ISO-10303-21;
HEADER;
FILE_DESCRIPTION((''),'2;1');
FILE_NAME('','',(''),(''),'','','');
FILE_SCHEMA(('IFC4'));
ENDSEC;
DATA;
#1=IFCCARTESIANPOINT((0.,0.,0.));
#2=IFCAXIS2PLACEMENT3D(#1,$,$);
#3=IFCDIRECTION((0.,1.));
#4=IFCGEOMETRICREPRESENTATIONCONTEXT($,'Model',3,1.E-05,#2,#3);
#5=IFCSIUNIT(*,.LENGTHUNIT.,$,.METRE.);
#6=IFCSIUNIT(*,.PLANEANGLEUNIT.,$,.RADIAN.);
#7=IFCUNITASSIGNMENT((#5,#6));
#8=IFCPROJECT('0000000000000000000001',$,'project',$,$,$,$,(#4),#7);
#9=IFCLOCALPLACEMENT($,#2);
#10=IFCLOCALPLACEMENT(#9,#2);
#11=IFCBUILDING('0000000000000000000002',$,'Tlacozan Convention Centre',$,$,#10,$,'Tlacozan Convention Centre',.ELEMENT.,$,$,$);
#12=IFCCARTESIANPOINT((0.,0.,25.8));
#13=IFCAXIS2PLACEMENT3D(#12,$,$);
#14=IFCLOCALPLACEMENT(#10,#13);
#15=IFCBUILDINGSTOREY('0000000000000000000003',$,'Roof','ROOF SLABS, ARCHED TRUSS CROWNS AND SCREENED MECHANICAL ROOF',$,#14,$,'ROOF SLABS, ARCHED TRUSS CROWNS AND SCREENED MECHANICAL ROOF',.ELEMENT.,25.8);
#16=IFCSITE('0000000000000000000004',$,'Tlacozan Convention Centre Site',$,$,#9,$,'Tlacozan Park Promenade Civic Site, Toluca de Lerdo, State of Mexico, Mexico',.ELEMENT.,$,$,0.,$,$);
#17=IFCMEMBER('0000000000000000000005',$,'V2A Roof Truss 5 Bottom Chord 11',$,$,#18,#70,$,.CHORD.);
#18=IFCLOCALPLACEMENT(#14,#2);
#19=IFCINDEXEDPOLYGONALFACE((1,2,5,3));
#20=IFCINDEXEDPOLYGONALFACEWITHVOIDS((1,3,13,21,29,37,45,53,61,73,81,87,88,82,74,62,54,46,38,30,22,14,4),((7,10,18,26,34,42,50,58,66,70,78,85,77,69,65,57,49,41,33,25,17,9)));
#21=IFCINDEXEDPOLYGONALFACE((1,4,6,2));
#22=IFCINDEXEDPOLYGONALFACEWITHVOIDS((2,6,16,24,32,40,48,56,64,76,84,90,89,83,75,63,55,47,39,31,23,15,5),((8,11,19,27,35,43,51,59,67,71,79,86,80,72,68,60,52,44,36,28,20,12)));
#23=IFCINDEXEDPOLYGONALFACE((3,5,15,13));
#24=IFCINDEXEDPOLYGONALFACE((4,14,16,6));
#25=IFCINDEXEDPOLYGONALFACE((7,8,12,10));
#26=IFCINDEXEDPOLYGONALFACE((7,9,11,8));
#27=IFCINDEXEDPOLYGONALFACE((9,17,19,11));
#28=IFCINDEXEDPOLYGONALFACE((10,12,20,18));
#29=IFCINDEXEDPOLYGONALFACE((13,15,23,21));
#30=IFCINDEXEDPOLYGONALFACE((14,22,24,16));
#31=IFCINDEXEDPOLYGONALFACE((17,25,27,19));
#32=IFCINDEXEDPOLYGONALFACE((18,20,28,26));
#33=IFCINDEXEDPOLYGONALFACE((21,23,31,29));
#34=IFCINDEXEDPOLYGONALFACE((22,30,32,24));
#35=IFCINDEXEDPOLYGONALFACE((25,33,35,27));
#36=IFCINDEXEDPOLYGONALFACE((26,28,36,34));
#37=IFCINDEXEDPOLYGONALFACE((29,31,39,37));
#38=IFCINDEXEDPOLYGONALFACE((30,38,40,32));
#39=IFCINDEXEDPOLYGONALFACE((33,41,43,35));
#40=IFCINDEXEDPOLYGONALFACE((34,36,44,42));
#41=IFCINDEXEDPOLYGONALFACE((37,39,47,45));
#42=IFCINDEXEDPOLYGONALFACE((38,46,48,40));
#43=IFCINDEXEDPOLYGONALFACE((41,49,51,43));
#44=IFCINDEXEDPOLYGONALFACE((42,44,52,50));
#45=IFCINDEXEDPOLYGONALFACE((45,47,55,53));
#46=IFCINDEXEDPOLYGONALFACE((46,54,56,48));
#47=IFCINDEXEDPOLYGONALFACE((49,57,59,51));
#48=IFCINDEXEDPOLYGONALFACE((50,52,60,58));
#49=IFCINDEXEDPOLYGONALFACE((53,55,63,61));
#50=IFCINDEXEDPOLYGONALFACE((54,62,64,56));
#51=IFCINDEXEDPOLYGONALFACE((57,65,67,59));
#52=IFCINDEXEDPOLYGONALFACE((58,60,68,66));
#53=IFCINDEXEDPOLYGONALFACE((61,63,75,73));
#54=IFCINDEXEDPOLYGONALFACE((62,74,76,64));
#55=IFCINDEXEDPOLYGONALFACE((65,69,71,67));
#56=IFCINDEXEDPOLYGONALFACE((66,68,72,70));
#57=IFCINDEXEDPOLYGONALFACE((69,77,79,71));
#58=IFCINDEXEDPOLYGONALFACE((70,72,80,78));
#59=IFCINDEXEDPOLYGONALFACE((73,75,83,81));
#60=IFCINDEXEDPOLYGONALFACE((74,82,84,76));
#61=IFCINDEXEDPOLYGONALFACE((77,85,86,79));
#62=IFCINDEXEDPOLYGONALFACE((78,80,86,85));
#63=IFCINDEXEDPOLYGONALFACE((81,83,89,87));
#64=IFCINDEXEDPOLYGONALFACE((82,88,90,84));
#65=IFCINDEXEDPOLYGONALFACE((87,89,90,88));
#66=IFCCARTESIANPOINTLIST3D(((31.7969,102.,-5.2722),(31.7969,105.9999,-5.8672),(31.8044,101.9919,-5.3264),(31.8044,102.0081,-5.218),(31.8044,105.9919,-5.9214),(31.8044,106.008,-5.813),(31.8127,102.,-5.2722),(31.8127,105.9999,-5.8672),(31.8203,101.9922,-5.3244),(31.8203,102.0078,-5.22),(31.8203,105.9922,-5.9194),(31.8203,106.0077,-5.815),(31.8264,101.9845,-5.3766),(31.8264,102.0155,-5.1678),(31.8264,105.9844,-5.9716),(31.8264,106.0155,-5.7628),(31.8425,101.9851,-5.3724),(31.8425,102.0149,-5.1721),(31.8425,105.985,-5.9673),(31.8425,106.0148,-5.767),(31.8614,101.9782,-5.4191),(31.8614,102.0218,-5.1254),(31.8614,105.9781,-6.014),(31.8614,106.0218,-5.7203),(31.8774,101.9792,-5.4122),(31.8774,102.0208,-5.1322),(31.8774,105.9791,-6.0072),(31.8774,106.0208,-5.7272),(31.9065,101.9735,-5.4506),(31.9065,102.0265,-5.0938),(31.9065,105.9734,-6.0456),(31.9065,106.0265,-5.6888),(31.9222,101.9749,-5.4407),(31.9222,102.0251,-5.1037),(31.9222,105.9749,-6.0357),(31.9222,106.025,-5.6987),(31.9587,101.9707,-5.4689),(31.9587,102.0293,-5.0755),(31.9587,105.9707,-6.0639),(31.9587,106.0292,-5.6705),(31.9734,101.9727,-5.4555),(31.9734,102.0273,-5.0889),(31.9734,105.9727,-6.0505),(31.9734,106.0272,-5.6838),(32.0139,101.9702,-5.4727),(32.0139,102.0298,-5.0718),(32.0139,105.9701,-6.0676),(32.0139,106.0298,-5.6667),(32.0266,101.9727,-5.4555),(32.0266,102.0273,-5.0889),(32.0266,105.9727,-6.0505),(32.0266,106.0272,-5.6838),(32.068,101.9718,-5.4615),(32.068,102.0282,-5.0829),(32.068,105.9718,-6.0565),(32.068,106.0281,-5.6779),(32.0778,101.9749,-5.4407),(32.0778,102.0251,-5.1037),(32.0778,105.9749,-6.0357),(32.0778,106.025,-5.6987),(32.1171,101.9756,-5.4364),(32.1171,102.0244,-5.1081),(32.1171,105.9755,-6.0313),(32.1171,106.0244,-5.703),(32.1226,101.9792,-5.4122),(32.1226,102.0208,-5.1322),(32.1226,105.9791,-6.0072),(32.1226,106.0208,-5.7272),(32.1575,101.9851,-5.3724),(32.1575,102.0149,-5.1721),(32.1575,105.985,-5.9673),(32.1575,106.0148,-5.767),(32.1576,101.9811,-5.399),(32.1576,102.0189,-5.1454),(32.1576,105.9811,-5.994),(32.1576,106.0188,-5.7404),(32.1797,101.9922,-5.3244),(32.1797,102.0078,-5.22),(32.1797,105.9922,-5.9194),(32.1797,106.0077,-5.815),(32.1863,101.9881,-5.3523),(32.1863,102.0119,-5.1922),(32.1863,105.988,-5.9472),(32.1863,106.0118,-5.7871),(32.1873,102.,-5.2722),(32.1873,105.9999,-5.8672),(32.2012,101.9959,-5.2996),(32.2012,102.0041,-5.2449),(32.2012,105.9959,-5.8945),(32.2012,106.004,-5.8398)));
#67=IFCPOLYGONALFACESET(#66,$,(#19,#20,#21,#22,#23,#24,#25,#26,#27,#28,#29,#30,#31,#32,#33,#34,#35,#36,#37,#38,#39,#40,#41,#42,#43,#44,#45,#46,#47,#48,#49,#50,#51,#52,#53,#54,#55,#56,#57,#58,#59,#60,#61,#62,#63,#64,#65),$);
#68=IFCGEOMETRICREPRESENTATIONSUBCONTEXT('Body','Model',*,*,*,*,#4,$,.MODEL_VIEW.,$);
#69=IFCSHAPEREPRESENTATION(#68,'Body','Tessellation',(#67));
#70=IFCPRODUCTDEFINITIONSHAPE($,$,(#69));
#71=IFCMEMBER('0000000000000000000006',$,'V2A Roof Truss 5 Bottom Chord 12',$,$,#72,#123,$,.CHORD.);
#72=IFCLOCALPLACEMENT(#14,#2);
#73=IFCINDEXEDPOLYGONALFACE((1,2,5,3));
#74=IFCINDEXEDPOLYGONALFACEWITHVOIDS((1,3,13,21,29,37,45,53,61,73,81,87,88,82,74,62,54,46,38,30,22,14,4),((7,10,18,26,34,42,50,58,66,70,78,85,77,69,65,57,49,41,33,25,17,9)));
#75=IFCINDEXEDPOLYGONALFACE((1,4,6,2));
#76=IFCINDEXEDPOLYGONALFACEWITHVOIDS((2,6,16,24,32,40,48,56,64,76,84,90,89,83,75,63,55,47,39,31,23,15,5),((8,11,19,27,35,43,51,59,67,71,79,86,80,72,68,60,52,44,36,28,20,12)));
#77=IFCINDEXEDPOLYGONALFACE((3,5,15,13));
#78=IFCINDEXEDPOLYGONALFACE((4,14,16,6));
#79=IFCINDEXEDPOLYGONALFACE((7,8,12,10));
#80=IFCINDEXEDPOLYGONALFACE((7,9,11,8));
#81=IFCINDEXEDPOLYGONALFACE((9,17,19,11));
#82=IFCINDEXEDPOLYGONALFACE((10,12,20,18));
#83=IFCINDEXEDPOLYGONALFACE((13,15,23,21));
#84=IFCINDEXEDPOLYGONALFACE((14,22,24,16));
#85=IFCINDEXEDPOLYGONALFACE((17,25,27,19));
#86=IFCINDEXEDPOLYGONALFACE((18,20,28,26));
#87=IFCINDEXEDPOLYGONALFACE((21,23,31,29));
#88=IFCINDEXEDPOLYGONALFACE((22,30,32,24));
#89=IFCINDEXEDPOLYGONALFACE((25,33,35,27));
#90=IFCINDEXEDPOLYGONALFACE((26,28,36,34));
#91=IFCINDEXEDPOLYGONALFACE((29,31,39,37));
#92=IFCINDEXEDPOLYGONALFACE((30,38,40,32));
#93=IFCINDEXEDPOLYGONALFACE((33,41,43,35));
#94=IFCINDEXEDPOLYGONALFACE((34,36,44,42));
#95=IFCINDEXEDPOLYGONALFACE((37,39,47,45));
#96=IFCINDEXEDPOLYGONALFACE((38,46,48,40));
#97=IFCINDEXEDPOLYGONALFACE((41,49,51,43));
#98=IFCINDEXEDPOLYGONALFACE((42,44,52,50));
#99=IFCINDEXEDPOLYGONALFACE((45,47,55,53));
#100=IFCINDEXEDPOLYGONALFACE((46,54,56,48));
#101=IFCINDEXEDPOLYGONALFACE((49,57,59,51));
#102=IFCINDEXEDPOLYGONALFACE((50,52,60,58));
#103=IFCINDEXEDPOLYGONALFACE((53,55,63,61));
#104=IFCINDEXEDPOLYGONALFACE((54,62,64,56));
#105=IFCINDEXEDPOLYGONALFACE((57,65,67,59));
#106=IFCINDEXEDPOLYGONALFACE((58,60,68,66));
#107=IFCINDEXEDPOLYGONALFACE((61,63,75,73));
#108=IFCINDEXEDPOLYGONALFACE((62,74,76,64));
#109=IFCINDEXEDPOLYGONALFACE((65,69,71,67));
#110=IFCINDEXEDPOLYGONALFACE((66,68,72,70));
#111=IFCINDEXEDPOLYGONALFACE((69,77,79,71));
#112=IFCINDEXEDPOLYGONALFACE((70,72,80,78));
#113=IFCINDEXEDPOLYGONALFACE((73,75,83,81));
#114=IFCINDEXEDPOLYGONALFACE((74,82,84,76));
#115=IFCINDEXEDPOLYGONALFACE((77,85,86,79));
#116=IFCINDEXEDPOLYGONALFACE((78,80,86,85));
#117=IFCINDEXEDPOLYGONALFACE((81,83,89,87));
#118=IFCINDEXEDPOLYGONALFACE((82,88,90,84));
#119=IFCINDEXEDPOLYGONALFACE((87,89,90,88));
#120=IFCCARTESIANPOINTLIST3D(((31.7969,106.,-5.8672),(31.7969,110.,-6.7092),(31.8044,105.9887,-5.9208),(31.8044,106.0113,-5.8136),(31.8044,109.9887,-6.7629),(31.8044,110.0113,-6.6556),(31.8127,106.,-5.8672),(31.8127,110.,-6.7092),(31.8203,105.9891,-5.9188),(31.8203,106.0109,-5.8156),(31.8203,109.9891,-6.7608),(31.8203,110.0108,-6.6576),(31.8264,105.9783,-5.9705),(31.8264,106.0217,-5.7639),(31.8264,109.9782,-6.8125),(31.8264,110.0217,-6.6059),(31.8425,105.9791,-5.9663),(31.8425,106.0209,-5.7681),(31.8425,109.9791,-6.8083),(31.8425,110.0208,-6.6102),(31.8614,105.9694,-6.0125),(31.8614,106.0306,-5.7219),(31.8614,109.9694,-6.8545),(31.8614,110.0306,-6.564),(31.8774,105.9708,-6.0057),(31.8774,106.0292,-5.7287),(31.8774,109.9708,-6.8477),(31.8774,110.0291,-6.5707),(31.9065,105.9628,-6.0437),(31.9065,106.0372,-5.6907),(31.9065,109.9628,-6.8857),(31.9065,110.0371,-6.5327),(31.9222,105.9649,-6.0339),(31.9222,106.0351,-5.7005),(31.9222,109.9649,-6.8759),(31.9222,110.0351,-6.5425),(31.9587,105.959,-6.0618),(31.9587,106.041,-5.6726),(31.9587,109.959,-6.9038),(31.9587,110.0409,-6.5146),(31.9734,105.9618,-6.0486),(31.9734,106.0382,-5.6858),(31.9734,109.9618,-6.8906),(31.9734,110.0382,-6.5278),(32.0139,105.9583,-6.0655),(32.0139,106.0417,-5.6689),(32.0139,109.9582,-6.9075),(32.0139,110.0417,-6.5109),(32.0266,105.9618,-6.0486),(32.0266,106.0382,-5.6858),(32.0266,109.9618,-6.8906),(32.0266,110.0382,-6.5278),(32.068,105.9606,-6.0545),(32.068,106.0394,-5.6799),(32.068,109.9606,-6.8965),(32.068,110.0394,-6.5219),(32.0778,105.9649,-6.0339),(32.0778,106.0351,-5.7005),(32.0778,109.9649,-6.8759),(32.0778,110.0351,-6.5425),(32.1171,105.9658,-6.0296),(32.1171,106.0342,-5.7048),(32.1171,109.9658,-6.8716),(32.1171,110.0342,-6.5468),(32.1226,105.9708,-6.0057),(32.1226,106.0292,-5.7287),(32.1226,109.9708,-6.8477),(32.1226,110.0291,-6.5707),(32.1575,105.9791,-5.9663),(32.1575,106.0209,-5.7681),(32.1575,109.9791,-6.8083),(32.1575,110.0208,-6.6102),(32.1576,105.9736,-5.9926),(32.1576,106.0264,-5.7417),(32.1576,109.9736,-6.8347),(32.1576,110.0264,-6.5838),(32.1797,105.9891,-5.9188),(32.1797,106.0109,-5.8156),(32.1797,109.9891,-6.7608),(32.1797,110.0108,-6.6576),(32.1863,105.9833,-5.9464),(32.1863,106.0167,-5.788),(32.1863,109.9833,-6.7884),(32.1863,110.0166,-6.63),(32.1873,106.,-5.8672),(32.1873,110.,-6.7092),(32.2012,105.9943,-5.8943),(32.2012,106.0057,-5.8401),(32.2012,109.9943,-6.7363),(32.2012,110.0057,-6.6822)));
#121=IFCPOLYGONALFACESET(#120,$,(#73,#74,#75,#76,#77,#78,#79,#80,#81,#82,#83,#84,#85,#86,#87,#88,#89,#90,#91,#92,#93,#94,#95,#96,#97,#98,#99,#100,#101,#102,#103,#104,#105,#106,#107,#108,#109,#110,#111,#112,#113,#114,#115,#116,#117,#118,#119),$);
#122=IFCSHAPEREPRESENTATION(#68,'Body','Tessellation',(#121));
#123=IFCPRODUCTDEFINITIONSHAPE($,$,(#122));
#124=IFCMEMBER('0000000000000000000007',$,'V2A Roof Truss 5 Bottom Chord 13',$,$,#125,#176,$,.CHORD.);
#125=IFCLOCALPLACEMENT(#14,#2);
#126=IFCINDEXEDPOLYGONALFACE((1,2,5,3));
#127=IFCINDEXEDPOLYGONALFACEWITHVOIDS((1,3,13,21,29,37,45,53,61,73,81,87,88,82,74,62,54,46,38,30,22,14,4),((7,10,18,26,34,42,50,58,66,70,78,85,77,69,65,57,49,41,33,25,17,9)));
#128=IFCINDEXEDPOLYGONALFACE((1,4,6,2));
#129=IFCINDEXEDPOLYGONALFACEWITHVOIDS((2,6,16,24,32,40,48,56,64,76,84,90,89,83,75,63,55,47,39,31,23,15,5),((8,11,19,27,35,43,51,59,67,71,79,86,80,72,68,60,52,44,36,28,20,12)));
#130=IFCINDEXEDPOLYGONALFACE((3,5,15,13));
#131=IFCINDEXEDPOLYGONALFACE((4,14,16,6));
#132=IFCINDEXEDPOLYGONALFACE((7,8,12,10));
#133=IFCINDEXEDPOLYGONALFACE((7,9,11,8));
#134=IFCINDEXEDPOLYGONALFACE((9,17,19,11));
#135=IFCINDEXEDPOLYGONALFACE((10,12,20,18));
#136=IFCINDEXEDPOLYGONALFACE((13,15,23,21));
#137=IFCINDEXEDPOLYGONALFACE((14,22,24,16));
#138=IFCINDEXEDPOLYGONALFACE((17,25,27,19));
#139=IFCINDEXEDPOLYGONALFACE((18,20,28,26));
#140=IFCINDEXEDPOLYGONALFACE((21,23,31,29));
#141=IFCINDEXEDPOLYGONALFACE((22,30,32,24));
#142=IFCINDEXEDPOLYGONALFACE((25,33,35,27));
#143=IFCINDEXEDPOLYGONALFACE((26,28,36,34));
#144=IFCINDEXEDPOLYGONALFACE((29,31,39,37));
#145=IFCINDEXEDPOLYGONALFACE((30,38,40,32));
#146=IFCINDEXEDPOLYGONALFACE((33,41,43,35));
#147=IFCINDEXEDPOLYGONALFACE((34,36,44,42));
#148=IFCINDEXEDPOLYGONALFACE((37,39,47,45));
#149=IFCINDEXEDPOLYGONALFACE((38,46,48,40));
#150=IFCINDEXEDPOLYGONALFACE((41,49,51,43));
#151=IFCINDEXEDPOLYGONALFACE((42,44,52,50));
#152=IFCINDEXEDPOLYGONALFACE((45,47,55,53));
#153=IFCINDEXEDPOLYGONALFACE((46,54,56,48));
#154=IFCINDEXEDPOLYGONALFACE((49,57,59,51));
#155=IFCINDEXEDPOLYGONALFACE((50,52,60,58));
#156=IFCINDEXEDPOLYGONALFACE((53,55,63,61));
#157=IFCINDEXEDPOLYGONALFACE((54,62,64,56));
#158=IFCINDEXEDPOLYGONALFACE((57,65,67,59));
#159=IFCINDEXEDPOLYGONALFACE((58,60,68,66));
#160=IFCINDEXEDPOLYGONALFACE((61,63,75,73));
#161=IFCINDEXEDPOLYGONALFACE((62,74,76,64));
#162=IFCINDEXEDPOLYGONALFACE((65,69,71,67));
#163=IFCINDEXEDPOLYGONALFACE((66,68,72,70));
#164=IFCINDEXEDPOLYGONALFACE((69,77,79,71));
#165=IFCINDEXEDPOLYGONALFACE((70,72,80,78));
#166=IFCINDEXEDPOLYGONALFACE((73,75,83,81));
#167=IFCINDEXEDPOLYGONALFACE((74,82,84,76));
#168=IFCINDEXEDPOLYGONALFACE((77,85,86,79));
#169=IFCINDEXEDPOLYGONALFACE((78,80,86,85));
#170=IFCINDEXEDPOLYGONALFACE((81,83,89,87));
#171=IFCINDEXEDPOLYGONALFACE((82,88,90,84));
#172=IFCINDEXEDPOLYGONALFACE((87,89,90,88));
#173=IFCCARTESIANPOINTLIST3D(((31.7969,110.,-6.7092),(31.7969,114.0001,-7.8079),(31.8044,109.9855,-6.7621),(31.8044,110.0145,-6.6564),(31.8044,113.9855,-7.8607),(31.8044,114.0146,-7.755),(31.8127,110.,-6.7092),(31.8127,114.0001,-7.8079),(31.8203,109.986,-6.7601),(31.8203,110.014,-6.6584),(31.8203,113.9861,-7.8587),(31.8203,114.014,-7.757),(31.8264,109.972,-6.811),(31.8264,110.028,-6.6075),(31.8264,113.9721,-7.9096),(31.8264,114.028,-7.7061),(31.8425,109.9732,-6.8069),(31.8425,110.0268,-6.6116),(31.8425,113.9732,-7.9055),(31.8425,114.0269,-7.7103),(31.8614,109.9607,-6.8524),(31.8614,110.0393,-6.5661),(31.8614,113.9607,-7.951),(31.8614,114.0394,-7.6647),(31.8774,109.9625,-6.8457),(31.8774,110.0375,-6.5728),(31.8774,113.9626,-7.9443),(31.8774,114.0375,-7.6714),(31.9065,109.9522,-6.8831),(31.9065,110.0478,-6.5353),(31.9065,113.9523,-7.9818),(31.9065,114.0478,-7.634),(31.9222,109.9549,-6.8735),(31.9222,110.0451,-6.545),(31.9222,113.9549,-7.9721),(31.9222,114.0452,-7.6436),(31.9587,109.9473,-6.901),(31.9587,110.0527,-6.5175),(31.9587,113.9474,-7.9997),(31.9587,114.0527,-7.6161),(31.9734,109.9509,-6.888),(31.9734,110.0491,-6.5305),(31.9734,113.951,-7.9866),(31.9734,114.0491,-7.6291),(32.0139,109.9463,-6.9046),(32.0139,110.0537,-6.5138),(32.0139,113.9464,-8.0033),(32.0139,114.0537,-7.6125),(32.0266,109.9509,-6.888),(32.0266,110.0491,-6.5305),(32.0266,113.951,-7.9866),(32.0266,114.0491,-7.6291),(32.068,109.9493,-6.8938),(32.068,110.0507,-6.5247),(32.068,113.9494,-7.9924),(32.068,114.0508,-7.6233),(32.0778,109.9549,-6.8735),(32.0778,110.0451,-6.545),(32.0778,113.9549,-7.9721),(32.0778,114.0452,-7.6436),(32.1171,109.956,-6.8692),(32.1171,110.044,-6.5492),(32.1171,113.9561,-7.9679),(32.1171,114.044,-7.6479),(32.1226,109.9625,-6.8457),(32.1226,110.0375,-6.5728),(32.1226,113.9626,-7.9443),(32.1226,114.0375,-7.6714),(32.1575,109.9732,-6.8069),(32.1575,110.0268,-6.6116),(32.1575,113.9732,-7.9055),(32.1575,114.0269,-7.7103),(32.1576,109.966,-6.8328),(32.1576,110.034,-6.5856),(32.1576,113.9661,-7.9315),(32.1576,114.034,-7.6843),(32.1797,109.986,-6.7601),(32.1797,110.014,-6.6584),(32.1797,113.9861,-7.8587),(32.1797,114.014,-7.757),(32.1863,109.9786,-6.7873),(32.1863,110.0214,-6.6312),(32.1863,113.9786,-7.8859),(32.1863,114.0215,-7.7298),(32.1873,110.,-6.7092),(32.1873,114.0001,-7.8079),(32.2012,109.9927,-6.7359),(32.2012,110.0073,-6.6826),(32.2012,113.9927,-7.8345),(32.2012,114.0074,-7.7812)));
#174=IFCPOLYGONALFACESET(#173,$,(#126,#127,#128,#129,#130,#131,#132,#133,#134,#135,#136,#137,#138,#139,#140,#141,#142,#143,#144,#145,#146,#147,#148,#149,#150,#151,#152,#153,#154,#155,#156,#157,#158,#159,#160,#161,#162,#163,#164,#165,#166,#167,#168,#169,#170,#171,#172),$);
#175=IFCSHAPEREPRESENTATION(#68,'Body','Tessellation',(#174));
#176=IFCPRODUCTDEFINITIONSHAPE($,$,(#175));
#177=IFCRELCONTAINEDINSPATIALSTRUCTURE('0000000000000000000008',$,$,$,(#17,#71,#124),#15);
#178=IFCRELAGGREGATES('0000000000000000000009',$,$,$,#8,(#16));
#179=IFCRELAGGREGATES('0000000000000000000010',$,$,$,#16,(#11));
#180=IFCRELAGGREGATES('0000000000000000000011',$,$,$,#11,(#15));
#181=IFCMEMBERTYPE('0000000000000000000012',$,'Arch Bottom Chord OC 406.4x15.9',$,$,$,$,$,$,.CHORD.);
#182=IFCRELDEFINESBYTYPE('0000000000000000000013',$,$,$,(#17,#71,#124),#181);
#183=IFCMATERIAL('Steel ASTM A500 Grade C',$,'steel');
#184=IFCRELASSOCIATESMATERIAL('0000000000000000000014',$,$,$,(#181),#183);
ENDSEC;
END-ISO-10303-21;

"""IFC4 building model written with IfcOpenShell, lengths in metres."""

from ifc_helpers import new_model, si_unit, direction, frame, origin, origin_2d, place, context, subcontext, project, spatial, hollow_circle, extrude, material, material_profile, profile_set, type_object, element, save


model = new_model("IFC4")

# Units and contexts
model_context = context("Model", 3, precision=1e-05, world=origin(), true_north=direction((0.0, 1.0)))
body_context = subcontext(model_context, "Body", "Model", "MODEL_VIEW")
ifc_project = project(units=[si_unit("LENGTHUNIT", "METRE"), si_unit("PLANEANGLEUNIT", "RADIAN")], contexts=[model_context])

# Site, building, storey
site_placement = place(None, origin())
site = spatial("IfcSite", under=ifc_project, at=site_placement, Name="Tlacozan Convention Centre Site", LongName="Tlacozan Park Promenade Civic Site, Toluca de Lerdo, State of Mexico, Mexico", CompositionType="ELEMENT", RefElevation=0.0)
building_placement = place(site_placement, origin())
building = spatial("IfcBuilding", under=site, at=building_placement, Name="Tlacozan Convention Centre", LongName="Tlacozan Convention Centre", CompositionType="ELEMENT")
storey_placement = place(building_placement, frame((0.0, 0.0, 25.8)))
storey = spatial("IfcBuildingStorey", under=building, at=storey_placement, Name="Roof", Description="ROOF SLABS, ARCHED TRUSS CROWNS AND SCREENED MECHANICAL ROOF", LongName="ROOF SLABS, ARCHED TRUSS CROWNS AND SCREENED MECHANICAL ROOF", CompositionType="ELEMENT", Elevation=25.8)

# Members
ifc_material_1 = material(Name="Steel ASTM A500 Grade C", Category="steel")
ifc_material_profile_1 = material_profile(ifc_material_1, hollow_circle(Radius=0.2031, WallThickness=0.0159, at=origin_2d()), Name="OC 406.4x15.9")
ifc_profile_set_1 = profile_set([ifc_material_profile_1], Name="Steel ASTM A500 Grade C")
member_type_1 = type_object("IfcMemberType", Name="Arch Bottom Chord OC 406.4x15.9", PredefinedType="CHORD", material=ifc_profile_set_1)
member_1_placement = place(storey_placement, frame((32.0, 102.0, -5.2722), z_axis=(0.0, 0.989118, -0.147124), x_axis=(-1.0, 0.0, 0.0)))
element("IfcMember", 1, at=member_1_placement, inside=storey, type_object=member_type_1, Name="V2A Roof Truss 5 Bottom Chord 11", PredefinedType="CHORD", context=body_context, shape_type="SweptSolid", body=[
    extrude(hollow_circle(Radius=0.2031, WallThickness=0.0159, at=origin_2d()), origin(), (0.0, 0.0, 1.0), 4.0439),
])
member_2_placement = place(storey_placement, frame((32.0, 106.0, -5.8672), z_axis=(0.0, 0.978553, -0.205995), x_axis=(-1.0, 0.0, 0.0)))
element("IfcMember", 2, at=member_2_placement, inside=storey, type_object=member_type_1, Name="V2A Roof Truss 5 Bottom Chord 12", PredefinedType="CHORD", context=body_context, shape_type="SweptSolid", body=[
    extrude(hollow_circle(Radius=0.2031, WallThickness=0.0159, at=origin_2d()), origin(), (0.0, 0.0, 1.0), 4.0876),
])
member_3_placement = place(storey_placement, frame((32.0, 110.0, -6.7092), z_axis=(0.0, 0.96429, -0.26485), x_axis=(-1.0, 0.0, 0.0)))
element("IfcMember", 3, at=member_3_placement, inside=storey, type_object=member_type_1, Name="V2A Roof Truss 5 Bottom Chord 13", PredefinedType="CHORD", context=body_context, shape_type="SweptSolid", body=[
    extrude(hollow_circle(Radius=0.2031, WallThickness=0.0159, at=origin_2d()), origin(), (0.0, 0.0, 1.0), 4.1482),
])

save(model, "model.ifc")
